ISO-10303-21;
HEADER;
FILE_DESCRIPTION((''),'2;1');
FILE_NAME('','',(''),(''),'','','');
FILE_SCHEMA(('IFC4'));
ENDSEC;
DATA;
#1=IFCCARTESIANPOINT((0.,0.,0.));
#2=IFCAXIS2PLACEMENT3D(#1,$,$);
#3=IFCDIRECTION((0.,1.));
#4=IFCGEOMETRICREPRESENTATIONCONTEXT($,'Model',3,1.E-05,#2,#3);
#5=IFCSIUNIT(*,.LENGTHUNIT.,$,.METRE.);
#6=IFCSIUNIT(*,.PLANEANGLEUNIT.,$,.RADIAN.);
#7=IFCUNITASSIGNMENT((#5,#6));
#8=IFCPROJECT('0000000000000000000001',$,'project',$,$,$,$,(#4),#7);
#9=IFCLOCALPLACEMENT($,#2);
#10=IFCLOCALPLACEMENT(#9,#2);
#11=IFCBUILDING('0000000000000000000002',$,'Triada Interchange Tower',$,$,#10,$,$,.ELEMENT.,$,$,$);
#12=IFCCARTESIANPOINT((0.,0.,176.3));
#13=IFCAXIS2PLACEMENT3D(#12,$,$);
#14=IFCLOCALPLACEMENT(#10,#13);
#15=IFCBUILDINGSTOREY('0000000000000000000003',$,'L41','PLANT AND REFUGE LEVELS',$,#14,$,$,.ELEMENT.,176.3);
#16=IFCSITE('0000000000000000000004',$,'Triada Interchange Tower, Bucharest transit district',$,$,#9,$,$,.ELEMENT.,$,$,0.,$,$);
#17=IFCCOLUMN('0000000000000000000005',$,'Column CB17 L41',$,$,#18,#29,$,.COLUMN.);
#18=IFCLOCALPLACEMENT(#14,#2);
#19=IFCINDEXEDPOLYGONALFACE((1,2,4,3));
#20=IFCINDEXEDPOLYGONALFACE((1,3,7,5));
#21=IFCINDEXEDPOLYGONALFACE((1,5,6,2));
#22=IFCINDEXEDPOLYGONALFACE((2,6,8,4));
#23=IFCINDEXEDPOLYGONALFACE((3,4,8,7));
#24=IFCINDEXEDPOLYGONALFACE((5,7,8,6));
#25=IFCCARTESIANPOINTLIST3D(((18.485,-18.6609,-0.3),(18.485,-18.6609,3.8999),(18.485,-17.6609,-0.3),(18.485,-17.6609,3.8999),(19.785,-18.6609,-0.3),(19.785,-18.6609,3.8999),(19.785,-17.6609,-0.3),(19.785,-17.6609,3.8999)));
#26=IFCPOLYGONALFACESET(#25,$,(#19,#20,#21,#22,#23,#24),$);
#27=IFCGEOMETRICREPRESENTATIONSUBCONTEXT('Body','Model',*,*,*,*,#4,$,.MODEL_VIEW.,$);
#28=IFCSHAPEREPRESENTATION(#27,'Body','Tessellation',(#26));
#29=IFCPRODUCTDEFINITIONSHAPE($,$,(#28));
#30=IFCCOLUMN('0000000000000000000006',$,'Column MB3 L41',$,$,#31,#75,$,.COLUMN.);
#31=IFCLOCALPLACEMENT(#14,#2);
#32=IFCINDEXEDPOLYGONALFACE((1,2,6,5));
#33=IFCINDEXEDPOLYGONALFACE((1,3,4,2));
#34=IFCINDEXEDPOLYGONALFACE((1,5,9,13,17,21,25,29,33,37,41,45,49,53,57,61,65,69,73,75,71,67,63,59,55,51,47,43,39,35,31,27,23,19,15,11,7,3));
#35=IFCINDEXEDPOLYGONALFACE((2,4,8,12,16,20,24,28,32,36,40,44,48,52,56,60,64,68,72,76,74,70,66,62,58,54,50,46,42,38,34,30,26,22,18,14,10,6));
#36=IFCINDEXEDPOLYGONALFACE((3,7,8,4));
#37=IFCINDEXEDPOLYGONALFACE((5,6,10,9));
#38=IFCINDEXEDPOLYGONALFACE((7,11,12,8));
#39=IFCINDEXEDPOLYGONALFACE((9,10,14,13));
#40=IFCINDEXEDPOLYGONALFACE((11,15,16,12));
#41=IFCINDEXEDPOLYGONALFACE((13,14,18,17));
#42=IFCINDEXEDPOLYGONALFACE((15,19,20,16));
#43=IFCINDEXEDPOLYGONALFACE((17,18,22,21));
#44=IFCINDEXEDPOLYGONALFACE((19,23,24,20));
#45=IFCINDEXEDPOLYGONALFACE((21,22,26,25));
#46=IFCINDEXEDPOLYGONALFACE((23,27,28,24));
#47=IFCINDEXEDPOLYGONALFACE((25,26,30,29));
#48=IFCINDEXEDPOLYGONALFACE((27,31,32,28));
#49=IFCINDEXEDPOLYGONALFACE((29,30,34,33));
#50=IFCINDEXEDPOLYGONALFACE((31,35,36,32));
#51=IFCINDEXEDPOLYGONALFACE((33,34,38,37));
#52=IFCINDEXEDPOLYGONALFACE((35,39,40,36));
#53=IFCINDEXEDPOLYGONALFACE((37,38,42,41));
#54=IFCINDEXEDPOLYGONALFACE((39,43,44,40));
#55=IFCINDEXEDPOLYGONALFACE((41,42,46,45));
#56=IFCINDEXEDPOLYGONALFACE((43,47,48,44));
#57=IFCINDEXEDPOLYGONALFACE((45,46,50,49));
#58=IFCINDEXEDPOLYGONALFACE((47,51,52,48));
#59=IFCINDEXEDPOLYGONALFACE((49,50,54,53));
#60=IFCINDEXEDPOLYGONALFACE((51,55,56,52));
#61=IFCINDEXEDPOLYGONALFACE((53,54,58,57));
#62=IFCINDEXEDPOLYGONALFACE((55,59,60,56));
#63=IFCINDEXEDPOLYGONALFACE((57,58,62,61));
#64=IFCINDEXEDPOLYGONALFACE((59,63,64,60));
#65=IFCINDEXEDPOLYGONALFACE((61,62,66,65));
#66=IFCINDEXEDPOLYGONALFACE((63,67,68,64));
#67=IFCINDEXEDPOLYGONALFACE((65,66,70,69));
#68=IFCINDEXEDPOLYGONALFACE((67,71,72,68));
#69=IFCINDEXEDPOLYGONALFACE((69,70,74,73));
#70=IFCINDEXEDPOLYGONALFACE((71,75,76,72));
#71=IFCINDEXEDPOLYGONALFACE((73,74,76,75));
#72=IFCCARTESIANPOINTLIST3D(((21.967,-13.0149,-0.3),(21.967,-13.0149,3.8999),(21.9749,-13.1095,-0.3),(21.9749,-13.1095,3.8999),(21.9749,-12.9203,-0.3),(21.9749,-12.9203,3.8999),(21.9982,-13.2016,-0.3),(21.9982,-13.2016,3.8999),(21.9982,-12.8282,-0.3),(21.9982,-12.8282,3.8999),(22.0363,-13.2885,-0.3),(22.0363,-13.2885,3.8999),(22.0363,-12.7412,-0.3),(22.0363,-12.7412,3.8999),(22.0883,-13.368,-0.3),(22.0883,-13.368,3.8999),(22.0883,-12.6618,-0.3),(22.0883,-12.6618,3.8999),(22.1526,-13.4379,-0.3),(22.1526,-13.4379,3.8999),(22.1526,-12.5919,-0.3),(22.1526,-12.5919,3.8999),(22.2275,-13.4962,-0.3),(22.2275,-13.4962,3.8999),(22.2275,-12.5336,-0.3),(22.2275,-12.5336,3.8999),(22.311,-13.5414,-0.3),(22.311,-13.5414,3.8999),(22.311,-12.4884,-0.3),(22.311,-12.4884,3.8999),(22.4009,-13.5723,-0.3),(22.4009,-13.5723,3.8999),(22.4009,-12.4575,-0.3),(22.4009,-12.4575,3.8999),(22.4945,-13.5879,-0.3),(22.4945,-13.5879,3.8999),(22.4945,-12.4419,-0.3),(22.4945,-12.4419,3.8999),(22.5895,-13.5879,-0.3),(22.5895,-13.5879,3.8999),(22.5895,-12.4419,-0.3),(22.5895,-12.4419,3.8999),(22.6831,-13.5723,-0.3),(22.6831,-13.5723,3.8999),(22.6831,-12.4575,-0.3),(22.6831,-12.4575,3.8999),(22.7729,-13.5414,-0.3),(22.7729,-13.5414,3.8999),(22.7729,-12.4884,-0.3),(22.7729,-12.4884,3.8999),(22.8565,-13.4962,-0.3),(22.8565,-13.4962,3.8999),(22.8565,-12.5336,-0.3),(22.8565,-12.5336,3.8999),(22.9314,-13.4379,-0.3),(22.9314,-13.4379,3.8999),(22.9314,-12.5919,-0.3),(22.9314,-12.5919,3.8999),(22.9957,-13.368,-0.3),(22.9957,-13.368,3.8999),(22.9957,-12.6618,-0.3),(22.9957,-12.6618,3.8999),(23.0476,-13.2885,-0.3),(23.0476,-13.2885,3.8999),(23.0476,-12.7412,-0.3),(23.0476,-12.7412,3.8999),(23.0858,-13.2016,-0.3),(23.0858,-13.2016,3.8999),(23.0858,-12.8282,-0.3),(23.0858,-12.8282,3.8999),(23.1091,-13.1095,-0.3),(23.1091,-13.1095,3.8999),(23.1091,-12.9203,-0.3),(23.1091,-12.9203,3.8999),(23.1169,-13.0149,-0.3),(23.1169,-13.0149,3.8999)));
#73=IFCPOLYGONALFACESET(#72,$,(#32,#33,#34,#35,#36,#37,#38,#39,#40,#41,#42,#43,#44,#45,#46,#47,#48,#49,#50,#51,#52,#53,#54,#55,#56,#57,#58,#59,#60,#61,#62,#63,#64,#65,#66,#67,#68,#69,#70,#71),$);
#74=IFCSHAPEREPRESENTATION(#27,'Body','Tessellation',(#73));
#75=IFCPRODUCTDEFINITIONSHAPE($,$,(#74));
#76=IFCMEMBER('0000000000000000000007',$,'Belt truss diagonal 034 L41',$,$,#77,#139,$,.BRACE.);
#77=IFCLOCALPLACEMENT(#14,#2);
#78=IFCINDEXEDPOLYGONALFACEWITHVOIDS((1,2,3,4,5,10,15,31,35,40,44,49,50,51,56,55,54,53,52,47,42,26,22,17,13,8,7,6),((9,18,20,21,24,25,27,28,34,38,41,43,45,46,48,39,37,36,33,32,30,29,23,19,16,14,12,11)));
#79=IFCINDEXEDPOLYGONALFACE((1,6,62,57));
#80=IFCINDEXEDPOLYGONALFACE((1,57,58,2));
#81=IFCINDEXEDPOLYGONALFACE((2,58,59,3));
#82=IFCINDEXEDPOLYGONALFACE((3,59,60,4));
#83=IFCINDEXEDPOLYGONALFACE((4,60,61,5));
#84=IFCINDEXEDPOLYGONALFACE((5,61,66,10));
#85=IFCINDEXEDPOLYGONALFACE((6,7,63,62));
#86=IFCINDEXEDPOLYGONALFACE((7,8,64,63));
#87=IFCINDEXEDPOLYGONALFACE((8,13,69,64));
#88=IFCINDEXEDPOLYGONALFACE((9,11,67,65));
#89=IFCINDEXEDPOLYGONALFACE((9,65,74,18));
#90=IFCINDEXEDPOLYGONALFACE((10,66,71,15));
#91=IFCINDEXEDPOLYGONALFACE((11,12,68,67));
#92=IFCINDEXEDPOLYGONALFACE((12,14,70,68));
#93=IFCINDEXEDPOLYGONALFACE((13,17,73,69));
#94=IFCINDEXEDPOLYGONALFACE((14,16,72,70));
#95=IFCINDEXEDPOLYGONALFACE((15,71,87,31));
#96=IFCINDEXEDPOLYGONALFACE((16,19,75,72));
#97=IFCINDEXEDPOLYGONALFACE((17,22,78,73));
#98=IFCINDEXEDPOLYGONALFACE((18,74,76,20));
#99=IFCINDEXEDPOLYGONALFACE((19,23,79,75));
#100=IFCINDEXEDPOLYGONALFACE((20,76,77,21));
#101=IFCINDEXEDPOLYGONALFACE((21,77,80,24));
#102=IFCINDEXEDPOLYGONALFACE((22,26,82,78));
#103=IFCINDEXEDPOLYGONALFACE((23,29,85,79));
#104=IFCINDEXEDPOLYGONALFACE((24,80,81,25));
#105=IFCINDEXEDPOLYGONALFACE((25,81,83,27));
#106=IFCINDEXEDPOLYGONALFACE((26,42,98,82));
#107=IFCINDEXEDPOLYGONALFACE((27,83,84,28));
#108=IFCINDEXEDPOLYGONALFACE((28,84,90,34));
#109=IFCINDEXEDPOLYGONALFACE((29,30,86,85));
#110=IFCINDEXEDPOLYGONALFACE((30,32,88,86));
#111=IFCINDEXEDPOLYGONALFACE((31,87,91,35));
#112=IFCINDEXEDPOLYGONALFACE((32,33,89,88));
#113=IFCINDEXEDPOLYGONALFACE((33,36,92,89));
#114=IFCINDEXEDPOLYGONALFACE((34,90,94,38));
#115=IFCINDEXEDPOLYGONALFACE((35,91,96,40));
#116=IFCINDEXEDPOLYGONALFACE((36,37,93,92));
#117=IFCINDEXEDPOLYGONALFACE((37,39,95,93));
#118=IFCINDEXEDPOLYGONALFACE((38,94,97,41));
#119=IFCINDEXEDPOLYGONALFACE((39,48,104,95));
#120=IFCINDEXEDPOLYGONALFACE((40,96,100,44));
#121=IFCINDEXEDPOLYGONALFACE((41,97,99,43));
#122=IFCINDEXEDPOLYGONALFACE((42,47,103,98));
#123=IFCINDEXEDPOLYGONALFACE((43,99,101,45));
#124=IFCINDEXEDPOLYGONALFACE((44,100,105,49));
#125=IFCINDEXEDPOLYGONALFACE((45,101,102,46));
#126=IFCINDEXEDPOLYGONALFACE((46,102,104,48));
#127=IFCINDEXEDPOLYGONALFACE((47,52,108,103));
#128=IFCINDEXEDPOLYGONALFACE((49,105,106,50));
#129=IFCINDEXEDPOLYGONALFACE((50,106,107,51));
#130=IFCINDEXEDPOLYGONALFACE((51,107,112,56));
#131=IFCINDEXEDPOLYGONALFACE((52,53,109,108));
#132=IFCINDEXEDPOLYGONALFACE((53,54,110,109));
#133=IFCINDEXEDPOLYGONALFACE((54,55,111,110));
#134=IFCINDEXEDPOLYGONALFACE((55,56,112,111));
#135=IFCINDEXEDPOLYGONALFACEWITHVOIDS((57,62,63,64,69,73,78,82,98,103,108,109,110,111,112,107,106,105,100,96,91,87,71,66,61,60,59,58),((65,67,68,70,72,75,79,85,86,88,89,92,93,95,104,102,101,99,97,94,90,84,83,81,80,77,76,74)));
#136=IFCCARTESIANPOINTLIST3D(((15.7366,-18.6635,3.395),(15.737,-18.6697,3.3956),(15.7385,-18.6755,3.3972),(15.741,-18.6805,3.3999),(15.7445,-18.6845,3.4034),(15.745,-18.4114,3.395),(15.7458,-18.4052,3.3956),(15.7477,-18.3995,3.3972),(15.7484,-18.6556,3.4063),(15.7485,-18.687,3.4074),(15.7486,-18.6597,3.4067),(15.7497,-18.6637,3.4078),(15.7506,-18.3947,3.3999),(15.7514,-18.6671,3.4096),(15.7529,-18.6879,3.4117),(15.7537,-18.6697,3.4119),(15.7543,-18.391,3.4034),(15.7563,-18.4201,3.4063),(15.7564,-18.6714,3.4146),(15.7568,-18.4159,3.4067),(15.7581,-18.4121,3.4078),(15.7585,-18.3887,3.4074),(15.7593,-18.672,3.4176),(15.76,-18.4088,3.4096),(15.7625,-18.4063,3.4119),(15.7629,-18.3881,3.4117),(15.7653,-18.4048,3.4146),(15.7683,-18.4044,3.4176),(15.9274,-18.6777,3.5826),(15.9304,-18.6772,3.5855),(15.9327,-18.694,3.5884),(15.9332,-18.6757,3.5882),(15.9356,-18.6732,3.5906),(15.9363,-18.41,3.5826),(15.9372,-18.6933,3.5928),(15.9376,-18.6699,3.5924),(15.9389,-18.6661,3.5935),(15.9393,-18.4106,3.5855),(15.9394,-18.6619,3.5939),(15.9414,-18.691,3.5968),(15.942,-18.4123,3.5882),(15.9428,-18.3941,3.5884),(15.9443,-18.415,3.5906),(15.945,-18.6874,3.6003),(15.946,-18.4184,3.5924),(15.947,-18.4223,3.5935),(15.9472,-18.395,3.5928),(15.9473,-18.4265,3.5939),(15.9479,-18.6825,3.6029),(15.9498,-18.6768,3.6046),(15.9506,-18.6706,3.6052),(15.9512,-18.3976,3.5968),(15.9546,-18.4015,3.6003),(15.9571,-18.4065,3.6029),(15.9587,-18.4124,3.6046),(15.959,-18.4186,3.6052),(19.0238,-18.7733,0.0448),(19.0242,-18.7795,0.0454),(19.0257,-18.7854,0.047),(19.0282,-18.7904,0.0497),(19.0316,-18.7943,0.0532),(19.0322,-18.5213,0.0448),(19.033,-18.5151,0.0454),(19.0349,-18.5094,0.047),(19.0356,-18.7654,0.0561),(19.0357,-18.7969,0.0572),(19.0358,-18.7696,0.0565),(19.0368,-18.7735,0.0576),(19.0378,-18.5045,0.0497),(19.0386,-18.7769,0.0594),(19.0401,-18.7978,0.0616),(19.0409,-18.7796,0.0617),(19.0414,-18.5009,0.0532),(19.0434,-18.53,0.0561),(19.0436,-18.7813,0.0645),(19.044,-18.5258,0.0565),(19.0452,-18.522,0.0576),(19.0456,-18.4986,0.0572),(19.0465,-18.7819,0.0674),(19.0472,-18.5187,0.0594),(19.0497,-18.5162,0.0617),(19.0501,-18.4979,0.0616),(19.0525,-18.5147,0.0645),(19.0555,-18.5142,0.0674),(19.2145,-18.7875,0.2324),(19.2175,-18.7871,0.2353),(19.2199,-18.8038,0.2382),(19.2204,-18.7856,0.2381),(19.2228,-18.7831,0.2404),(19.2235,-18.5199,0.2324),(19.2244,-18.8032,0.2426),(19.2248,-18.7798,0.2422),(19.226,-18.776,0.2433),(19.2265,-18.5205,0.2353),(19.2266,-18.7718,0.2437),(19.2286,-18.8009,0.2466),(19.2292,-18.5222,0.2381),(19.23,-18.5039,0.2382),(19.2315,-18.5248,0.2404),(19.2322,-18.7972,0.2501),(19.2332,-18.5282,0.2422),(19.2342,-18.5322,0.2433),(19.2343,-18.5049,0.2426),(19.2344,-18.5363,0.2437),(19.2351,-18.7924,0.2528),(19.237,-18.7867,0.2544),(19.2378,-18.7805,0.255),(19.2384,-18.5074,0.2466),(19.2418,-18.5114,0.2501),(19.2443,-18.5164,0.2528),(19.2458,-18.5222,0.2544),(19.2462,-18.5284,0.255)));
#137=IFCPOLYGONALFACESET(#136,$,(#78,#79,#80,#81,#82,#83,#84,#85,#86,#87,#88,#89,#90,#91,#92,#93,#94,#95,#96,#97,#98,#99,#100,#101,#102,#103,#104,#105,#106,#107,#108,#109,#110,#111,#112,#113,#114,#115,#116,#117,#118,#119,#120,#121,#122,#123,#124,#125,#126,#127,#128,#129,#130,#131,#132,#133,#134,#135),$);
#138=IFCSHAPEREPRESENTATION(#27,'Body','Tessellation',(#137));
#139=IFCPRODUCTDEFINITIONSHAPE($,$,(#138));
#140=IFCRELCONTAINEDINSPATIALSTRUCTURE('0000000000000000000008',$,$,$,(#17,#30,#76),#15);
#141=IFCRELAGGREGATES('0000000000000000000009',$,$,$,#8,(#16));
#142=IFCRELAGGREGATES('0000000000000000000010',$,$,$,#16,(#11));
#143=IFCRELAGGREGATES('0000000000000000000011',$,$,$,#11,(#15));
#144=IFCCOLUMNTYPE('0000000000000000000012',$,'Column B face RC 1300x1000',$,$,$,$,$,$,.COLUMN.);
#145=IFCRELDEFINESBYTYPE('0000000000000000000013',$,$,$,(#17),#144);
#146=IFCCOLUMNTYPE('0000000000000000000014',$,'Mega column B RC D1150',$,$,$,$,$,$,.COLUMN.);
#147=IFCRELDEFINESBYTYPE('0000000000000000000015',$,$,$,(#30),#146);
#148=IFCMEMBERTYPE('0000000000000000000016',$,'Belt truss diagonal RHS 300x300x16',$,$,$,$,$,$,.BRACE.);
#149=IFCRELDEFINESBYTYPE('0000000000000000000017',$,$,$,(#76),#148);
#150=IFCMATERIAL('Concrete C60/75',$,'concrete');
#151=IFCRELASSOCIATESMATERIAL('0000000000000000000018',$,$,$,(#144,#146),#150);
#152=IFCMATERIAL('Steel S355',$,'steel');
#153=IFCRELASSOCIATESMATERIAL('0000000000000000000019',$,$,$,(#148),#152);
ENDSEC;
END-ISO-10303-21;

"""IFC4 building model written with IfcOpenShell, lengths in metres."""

from ifc_helpers import new_model, si_unit, direction, frame, origin, origin_2d, place, context, subcontext, project, spatial, rectangle, hollow_rectangle, circle, extrude, material, material_profile, profile_set, type_object, element, save


model = new_model("IFC4")

# Units and contexts
model_context = context("Model", 3, precision=1e-05, world=origin(), true_north=direction((0.0, 1.0)))
body_context = subcontext(model_context, "Body", "Model", "MODEL_VIEW")
ifc_project = project(units=[si_unit("LENGTHUNIT", "METRE"), si_unit("PLANEANGLEUNIT", "RADIAN")], contexts=[model_context])

# Site, building, storey
site_placement = place(None, origin())
site = spatial("IfcSite", under=ifc_project, at=site_placement, Name="Triada Interchange Tower, Bucharest transit district", CompositionType="ELEMENT", RefElevation=0.0)
building_placement = place(site_placement, origin())
building = spatial("IfcBuilding", under=site, at=building_placement, Name="Triada Interchange Tower", CompositionType="ELEMENT")
storey_placement = place(building_placement, frame((0.0, 0.0, 176.3)))
storey = spatial("IfcBuildingStorey", under=building, at=storey_placement, Name="L41", Description="PLANT AND REFUGE LEVELS", CompositionType="ELEMENT", Elevation=176.3)

# Columns
ifc_material_1 = material(Name="Concrete C60/75", Category="concrete")
ifc_material_profile_1 = material_profile(ifc_material_1, rectangle(XDim=1.3, YDim=1.0, at=origin_2d()), Name="RC 1300x1000")
ifc_profile_set_1 = profile_set([ifc_material_profile_1], Name="Concrete C60/75")
column_type_1 = type_object("IfcColumnType", Name="Column B face RC 1300x1000", PredefinedType="COLUMN", material=ifc_profile_set_1)
column_1_placement = place(storey_placement, frame((19.135, -18.1609, -0.3), z_axis=(0.0, 0.0, 1.0), x_axis=(1.0, 0.0, 0.0)))
element("IfcColumn", 1, at=column_1_placement, inside=storey, type_object=column_type_1, Name="Column CB17 L41", PredefinedType="COLUMN", context=body_context, shape_type="SweptSolid", body=[
    extrude(rectangle(XDim=1.3, YDim=1.0, at=origin_2d()), origin(), (0.0, 0.0, 1.0), 4.2),
])
ifc_material_profile_2 = material_profile(ifc_material_1, circle(Radius=0.575, at=origin_2d()), Name="RC D1150")
ifc_profile_set_2 = profile_set([ifc_material_profile_2], Name="Concrete C60/75")
column_type_2 = type_object("IfcColumnType", Name="Mega column B RC D1150", PredefinedType="COLUMN", material=ifc_profile_set_2)
column_2_placement = place(storey_placement, frame((22.542, -13.0149, -0.3), z_axis=(0.0, 0.0, 1.0), x_axis=(1.0, 0.0, 0.0)))
element("IfcColumn", 2, at=column_2_placement, inside=storey, type_object=column_type_2, Name="Column MB3 L41", PredefinedType="COLUMN", context=body_context, shape_type="SweptSolid", body=[
    extrude(circle(Radius=0.575, at=origin_2d()), origin(), (0.0, 0.0, 1.0), 4.2),
])

# Member
ifc_material_2 = material(Name="Steel S355", Category="steel")
ifc_material_profile_3 = material_profile(ifc_material_2, hollow_rectangle(XDim=0.3, YDim=0.3, WallThickness=0.0161, InnerFilletRadius=0.0161, OuterFilletRadius=0.0239, at=origin_2d()), Name="RHS 300x300x16")
ifc_profile_set_3 = profile_set([ifc_material_profile_3], Name="Steel S355")
member_type = type_object("IfcMemberType", Name="Belt truss diagonal RHS 300x300x16", PredefinedType="BRACE", material=ifc_profile_set_3)
member_1_placement = place(storey_placement, frame((19.135, -18.6509, 0.1499), z_axis=(-0.700173, 0.023401, 0.71359), x_axis=(-0.033404, -0.999442, 0.0)))
element("IfcMember", 3, at=member_1_placement, inside=storey, type_object=member_type, Name="Belt truss diagonal 034 L41", PredefinedType="BRACE", context=body_context, shape_type="SweptSolid", body=[
    extrude(hollow_rectangle(XDim=0.3, YDim=0.3, WallThickness=0.0161, InnerFilletRadius=0.0161, OuterFilletRadius=0.0239, at=origin_2d()), origin(), (0.0, 0.0, 1.0), 4.6948),
])

save(model, "model.ifc")
